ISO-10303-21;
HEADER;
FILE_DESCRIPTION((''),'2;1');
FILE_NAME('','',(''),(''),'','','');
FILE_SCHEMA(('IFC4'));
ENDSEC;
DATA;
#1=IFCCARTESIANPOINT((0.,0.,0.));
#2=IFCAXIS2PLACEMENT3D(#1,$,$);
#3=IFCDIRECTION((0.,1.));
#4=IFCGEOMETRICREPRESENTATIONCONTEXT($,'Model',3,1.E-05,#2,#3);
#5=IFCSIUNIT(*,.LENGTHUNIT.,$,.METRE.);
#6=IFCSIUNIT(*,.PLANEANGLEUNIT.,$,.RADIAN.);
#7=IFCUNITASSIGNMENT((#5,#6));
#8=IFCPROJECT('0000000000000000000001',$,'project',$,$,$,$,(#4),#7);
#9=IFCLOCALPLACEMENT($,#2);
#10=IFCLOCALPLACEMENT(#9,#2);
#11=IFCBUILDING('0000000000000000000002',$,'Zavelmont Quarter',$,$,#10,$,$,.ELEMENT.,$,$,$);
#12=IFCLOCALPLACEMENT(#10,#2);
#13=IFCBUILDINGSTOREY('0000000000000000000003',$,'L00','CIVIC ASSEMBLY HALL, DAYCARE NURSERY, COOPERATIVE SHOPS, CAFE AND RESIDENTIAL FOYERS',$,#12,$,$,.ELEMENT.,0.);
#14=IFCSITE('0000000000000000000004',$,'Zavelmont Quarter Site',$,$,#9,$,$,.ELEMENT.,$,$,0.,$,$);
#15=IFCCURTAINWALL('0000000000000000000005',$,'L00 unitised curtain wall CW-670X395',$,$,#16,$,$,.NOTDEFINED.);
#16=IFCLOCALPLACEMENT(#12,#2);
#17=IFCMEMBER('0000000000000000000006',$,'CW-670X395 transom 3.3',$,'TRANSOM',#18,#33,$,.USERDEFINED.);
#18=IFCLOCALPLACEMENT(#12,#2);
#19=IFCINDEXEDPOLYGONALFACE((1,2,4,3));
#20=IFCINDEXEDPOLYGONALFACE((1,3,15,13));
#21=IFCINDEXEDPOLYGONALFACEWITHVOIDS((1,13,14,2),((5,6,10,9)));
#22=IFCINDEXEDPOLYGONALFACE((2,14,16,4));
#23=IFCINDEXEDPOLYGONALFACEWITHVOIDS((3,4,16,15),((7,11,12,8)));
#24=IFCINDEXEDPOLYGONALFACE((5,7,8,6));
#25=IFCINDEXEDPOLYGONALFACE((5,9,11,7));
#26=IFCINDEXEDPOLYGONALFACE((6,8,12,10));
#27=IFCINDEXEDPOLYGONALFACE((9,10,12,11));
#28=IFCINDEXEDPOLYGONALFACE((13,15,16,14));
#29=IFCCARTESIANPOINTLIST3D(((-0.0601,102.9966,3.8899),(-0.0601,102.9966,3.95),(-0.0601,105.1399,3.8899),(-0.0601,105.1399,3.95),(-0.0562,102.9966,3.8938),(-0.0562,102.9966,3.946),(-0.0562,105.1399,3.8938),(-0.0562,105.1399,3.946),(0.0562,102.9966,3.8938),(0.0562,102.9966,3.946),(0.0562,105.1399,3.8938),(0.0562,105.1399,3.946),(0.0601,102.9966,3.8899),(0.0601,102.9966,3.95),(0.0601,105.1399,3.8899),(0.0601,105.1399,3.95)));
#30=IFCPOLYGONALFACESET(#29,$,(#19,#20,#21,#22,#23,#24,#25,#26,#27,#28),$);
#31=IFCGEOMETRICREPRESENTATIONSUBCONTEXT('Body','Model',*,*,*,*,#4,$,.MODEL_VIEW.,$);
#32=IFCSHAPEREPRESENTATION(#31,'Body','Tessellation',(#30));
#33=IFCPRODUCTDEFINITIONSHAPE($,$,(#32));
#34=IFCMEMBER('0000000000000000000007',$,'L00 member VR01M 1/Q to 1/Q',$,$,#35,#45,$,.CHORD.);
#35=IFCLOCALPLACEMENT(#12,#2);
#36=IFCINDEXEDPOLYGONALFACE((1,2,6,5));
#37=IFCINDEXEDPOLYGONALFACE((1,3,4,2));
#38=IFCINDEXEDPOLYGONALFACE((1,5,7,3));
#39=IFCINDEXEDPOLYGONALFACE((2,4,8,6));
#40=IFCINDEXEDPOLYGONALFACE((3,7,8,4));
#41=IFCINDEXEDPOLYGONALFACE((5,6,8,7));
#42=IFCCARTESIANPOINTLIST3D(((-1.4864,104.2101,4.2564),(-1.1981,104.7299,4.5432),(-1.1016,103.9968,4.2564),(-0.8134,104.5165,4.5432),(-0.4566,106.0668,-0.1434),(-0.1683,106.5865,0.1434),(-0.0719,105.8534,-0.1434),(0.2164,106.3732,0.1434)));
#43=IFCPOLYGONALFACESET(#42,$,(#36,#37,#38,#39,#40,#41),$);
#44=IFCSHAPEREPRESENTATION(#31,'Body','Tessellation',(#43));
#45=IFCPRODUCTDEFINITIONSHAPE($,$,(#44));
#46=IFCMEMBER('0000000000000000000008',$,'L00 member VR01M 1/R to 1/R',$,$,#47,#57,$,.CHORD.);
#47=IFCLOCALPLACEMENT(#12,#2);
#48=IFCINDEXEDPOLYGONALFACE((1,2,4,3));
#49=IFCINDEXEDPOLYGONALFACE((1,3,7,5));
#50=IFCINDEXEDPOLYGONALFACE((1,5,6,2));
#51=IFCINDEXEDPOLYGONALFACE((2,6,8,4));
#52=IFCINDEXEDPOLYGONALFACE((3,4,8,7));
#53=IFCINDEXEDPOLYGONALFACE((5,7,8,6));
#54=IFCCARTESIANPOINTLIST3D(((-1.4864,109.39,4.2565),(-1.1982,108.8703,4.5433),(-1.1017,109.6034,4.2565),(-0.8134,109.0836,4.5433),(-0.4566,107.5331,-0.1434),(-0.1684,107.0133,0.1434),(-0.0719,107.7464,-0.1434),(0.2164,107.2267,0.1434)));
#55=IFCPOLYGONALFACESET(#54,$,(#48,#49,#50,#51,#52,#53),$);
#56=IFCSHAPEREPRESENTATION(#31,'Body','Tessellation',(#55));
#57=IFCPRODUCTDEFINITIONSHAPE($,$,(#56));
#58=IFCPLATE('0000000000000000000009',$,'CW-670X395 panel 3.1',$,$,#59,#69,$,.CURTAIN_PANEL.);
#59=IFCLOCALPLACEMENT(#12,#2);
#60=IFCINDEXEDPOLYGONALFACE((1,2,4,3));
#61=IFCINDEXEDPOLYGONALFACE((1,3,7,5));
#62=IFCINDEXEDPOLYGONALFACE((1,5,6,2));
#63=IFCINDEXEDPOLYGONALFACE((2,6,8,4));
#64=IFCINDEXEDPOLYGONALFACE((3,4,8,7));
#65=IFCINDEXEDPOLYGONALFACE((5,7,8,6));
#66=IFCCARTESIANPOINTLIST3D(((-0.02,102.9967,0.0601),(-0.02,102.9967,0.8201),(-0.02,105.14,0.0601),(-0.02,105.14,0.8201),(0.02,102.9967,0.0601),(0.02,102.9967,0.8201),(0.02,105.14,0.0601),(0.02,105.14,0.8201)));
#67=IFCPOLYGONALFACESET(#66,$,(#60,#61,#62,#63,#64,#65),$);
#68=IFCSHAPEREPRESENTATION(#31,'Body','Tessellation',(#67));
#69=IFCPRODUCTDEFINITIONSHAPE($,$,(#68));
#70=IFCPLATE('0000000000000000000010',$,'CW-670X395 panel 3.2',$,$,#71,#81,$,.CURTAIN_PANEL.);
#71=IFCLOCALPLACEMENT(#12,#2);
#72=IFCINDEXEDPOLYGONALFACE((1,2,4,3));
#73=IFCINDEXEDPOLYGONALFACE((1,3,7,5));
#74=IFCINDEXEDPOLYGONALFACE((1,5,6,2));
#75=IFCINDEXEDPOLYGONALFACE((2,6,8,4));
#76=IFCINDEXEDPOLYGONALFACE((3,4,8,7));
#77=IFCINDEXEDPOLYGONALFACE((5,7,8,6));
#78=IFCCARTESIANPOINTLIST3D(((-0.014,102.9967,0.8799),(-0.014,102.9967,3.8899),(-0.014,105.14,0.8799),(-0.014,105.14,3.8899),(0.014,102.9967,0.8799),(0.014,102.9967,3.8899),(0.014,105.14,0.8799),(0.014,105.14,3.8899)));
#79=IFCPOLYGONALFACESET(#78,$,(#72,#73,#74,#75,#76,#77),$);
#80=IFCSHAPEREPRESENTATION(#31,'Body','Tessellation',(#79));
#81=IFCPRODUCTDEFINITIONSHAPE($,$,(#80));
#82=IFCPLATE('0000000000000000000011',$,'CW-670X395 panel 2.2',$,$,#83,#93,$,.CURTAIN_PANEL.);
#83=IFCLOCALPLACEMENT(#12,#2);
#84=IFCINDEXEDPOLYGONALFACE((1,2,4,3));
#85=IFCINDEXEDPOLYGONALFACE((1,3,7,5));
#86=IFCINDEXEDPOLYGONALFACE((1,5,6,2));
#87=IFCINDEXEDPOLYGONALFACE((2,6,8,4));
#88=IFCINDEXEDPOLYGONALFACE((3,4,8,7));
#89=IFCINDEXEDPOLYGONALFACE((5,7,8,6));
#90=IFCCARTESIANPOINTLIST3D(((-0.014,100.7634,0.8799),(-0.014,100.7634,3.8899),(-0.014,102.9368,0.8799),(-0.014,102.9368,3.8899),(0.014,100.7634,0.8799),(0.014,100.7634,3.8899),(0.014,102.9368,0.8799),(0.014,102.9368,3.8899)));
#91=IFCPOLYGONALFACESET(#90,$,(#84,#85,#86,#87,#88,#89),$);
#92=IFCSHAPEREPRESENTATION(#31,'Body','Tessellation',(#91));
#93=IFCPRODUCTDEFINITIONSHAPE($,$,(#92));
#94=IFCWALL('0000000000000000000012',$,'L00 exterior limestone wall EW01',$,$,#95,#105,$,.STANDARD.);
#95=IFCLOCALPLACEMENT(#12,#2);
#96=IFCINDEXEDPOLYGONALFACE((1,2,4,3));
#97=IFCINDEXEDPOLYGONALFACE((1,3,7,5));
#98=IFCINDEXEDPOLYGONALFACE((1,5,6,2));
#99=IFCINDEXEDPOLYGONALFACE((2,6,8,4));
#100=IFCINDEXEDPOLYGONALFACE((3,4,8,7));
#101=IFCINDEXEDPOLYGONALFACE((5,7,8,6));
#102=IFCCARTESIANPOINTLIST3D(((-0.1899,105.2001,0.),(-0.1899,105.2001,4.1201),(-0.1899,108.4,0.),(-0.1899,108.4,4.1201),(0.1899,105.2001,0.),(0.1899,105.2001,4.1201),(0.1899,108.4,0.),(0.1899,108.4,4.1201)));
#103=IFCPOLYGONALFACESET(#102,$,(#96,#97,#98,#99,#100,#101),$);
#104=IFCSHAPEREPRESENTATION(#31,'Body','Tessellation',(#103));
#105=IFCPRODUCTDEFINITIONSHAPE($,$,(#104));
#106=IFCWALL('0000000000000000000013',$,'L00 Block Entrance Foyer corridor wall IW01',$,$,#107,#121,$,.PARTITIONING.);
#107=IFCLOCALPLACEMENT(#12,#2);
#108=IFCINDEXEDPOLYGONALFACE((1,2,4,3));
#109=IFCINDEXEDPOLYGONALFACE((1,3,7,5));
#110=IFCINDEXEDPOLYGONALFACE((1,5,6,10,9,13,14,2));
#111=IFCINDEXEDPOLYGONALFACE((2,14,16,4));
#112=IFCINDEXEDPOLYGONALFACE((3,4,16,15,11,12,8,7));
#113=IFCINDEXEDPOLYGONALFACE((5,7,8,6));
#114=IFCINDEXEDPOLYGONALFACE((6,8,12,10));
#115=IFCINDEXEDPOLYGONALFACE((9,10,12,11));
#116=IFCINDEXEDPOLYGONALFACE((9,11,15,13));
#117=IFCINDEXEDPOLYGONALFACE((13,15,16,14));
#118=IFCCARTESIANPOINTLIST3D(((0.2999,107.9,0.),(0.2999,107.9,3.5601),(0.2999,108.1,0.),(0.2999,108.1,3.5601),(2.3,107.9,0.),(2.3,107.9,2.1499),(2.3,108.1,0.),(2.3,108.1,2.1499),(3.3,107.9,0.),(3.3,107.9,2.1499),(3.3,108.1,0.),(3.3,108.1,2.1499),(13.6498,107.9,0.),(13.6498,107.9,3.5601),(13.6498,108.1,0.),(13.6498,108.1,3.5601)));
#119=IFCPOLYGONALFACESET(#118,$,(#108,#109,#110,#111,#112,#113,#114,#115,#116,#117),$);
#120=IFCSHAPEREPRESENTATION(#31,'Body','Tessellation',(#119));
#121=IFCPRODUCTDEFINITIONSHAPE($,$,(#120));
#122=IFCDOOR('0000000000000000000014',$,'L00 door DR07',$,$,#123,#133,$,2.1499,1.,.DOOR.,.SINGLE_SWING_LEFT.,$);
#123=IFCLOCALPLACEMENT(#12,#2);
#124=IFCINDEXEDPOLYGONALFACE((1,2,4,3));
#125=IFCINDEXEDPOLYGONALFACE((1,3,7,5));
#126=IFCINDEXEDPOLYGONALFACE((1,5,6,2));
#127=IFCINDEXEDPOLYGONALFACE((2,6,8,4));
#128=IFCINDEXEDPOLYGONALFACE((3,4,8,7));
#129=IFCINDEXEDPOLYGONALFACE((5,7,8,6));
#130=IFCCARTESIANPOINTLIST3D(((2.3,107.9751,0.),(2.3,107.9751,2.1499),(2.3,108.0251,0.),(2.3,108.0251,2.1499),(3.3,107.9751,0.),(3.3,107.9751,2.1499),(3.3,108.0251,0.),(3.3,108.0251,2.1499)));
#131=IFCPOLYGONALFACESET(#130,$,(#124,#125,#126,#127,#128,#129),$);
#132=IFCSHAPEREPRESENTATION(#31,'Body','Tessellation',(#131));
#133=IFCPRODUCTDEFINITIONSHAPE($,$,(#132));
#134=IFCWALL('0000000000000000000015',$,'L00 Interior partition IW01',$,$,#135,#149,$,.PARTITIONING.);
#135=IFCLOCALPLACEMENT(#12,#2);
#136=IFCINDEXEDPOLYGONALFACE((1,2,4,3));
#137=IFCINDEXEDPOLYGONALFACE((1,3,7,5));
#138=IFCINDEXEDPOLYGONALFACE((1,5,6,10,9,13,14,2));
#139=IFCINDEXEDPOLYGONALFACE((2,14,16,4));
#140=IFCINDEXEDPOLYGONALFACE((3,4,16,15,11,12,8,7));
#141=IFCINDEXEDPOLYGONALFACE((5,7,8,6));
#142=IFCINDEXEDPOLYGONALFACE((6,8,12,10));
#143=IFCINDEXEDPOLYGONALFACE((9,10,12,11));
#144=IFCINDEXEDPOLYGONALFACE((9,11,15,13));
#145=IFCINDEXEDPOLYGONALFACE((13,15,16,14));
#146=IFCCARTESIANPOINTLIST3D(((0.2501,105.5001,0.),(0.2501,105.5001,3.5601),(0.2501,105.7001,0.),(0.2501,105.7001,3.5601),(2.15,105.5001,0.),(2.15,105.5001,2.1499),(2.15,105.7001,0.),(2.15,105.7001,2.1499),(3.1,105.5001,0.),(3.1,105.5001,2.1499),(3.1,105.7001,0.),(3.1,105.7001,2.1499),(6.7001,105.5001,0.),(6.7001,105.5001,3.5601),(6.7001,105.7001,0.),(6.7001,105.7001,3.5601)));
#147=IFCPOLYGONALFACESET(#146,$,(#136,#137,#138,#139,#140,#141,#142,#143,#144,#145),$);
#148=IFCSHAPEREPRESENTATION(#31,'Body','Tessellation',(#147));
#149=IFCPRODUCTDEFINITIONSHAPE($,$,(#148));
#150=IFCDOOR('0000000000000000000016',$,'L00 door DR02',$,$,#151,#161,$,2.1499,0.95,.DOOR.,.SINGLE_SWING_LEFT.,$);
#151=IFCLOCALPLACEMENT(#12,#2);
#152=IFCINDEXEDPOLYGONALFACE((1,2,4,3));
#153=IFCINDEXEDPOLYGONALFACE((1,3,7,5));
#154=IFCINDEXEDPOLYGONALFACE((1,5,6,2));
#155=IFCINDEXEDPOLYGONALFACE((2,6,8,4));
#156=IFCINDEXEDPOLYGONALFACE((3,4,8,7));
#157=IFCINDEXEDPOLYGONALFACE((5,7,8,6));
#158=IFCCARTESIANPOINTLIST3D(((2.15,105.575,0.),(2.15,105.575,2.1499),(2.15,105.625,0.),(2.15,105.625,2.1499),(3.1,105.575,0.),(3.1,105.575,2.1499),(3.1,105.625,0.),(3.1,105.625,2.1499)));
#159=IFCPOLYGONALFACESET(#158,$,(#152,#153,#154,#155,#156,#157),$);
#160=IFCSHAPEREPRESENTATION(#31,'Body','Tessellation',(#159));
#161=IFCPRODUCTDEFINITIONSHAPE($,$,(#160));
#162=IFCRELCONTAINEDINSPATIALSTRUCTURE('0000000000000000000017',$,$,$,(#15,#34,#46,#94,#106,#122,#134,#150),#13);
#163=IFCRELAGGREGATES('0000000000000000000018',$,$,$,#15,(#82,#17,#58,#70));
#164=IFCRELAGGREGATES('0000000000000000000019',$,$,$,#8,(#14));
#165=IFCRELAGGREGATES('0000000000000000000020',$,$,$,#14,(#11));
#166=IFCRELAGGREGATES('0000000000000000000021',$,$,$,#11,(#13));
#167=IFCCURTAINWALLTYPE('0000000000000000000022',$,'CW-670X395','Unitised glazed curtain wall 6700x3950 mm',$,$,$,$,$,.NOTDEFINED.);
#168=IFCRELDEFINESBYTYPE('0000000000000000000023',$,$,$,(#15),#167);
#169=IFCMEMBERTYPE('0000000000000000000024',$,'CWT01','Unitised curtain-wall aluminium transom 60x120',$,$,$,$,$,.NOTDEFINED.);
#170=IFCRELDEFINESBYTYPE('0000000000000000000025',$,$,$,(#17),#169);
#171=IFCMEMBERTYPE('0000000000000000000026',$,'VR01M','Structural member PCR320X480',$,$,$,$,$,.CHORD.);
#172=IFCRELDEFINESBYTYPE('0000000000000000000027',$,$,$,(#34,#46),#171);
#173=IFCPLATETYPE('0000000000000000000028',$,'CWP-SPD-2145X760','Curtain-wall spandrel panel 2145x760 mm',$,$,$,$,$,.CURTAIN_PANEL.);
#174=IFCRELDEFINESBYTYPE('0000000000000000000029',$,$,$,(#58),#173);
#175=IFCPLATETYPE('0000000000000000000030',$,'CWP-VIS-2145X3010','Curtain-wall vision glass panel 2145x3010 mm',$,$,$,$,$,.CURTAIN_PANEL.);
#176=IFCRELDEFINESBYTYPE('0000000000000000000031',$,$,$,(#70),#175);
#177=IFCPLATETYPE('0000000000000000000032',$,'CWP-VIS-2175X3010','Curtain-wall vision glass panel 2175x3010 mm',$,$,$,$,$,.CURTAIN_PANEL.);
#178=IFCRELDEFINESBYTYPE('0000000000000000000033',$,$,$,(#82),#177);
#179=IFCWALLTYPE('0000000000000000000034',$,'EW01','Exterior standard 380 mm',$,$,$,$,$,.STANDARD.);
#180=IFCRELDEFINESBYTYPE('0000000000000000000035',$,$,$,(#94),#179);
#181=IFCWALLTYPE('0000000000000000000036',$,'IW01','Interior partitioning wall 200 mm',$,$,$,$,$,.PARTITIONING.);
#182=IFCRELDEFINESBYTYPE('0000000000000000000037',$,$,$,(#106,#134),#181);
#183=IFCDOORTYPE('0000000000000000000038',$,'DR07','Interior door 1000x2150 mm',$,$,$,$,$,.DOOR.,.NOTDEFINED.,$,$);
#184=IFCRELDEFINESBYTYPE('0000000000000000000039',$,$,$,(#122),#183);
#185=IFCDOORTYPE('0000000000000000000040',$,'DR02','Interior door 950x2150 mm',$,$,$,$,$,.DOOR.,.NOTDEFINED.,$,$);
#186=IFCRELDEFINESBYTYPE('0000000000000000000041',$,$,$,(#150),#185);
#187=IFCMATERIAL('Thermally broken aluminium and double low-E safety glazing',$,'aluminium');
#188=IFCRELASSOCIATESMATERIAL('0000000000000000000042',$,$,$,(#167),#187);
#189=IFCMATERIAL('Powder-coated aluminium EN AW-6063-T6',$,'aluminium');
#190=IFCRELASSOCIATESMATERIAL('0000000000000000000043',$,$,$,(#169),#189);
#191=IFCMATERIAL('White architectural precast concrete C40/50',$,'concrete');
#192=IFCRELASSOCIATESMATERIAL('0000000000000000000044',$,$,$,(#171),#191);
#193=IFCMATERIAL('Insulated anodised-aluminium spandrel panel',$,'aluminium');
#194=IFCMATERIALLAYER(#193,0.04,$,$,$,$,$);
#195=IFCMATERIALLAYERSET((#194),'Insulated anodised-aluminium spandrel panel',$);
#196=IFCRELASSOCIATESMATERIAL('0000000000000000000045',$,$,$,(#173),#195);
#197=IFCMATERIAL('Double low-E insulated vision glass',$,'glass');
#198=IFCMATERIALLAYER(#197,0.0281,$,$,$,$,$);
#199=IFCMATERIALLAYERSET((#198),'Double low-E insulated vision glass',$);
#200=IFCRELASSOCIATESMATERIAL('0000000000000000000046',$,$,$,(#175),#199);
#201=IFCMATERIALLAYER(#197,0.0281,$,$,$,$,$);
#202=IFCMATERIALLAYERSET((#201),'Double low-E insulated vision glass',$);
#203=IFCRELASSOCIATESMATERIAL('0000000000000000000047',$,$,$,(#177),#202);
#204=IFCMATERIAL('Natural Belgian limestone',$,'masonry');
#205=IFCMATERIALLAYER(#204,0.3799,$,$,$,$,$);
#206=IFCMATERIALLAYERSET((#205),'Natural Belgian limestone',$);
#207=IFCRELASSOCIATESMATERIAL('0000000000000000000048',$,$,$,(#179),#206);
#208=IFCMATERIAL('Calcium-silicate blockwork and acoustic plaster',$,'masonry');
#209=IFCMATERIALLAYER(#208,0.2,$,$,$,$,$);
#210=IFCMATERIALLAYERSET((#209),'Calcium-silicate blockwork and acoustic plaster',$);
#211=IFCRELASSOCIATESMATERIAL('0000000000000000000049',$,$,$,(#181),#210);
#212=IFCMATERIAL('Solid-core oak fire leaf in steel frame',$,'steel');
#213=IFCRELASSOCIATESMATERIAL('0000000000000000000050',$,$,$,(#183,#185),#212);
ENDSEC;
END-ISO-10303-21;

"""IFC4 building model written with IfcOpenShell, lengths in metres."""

from ifc_helpers import new_model, si_unit, direction, frame, frame_2d, origin, origin_with_axes, origin_2d, place, context, subcontext, project, spatial, rectangle, hollow_rectangle, extrude, material, layer, layer_set, material_profile, profile_set, type_object, element, fill, aggregate, save


model = new_model("IFC4")

# Units and contexts
model_context = context("Model", 3, precision=1e-05, world=origin(), true_north=direction((0.0, 1.0)))
body_context = subcontext(model_context, "Body", "Model", "MODEL_VIEW")
ifc_project = project(units=[si_unit("LENGTHUNIT", "METRE"), si_unit("PLANEANGLEUNIT", "RADIAN")], contexts=[model_context])

# Site, building, storey
site_placement = place(None, origin())
site = spatial("IfcSite", under=ifc_project, at=site_placement, Name="Zavelmont Quarter Site", CompositionType="ELEMENT", RefElevation=0.0)
building_placement = place(site_placement, origin())
building = spatial("IfcBuilding", under=site, at=building_placement, Name="Zavelmont Quarter", CompositionType="ELEMENT")
storey_placement = place(building_placement, origin())
storey = spatial("IfcBuildingStorey", under=building, at=storey_placement, Name="L00", Description="CIVIC ASSEMBLY HALL, DAYCARE NURSERY, COOPERATIVE SHOPS, CAFE AND RESIDENTIAL FOYERS", CompositionType="ELEMENT", Elevation=0.0)

# Curtain wall, member
ifc_material_1 = material(Name="Thermally broken aluminium and double low-E safety glazing", Category="aluminium")
curtain_wall_type = type_object("IfcCurtainWallType", Name="CW-670X395", Description="Unitised glazed curtain wall 6700x3950 mm", PredefinedType="NOTDEFINED", material=ifc_material_1)
curtain_wall_placement = place(storey_placement, origin())
curtain_wall = element("IfcCurtainWall", 1, at=curtain_wall_placement, inside=storey, type_object=curtain_wall_type, Name="L00 unitised curtain wall CW-670X395", PredefinedType="NOTDEFINED")
ifc_material_2 = material(Name="Powder-coated aluminium EN AW-6063-T6", Category="aluminium")
ifc_material_profile_1 = material_profile(ifc_material_2, hollow_rectangle(XDim=0.1201, YDim=0.0601, WallThickness=0.0039, at=origin_2d()), Name="CWT60X120")
ifc_profile_set_1 = profile_set([ifc_material_profile_1], Name="Powder-coated aluminium EN AW-6063-T6")
member_type_1 = type_object("IfcMemberType", Name="CWT01", Description="Unitised curtain-wall aluminium transom 60x120", PredefinedType="NOTDEFINED", material=ifc_profile_set_1)
member_1_placement = place(storey_placement, frame((0.0, 102.9966, 3.9199), z_axis=(0.0, 1.0, 0.0), x_axis=(-1.0, 0.0, 0.0)))
member_1 = element("IfcMember", 2, at=member_1_placement, type_object=member_type_1, Name="CW-670X395 transom 3.3", ObjectType="TRANSOM", PredefinedType="USERDEFINED", context=body_context, shape_type="SweptSolid", body=[
    extrude(hollow_rectangle(XDim=0.1201, YDim=0.0601, WallThickness=0.0039, at=origin_2d()), origin(), (0.0, 0.0, 1.0), 2.1433),
])

# Members
ifc_material_3 = material(Name="White architectural precast concrete C40/50", Category="concrete")
ifc_material_profile_2 = material_profile(ifc_material_3, rectangle(XDim=0.4399, YDim=0.6599, at=origin_2d()), Name="PCR320X480")
ifc_profile_set_2 = profile_set([ifc_material_profile_2], Name="White architectural precast concrete C40/50")
member_type_2 = type_object("IfcMemberType", Name="VR01M", Description="Structural member PCR320X480", PredefinedType="CHORD", material=ifc_profile_set_2)
member_2_placement = place(storey_placement, frame((-0.1201, 106.22, 0.0), z_axis=(-0.210789, -0.380051, 0.900627), x_axis=(0.874499, -0.485028, 0.0)))
element("IfcMember", 3, at=member_2_placement, inside=storey, type_object=member_type_2, Name="L00 member VR01M 1/Q to 1/Q", PredefinedType="CHORD", context=body_context, shape_type="SweptSolid", body=[
    extrude(rectangle(XDim=0.4399, YDim=0.6599, at=origin_2d()), origin(), (0.0, 0.0, 1.0), 4.8853),
])
member_3_placement = place(storey_placement, frame((-0.1201, 107.3799, 0.0), z_axis=(-0.210785, 0.380093, 0.90061), x_axis=(-0.874526, -0.484979, 0.0)))
element("IfcMember", 4, at=member_3_placement, inside=storey, type_object=member_type_2, Name="L00 member VR01M 1/R to 1/R", PredefinedType="CHORD", context=body_context, shape_type="SweptSolid", body=[
    extrude(rectangle(XDim=0.4399, YDim=0.6599, at=origin_2d()), origin(), (0.0, 0.0, 1.0), 4.8855),
])

# Plates
ifc_material_4 = material(Name="Insulated anodised-aluminium spandrel panel", Category="aluminium")
ifc_layer_1 = layer(ifc_material_4, 0.04)
ifc_layer_set_1 = layer_set([ifc_layer_1], Name="Insulated anodised-aluminium spandrel panel")
plate_type_1 = type_object("IfcPlateType", Name="CWP-SPD-2145X760", Description="Curtain-wall spandrel panel 2145x760 mm", PredefinedType="CURTAIN_PANEL", material=ifc_layer_set_1)
plate_1_placement = place(storey_placement, frame((0.0, 104.0684, 0.0601), z_axis=(0.0, 0.0, 1.0), x_axis=(0.0, 1.0, 0.0)))
plate_1 = element("IfcPlate", 5, at=plate_1_placement, type_object=plate_type_1, Name="CW-670X395 panel 3.1", PredefinedType="CURTAIN_PANEL", context=body_context, shape_type="SweptSolid", body=[
    extrude(rectangle(XDim=2.1433, YDim=0.04, at=origin_2d()), origin(), (0.0, 0.0, 1.0), 0.76),
])
ifc_material_5 = material(Name="Double low-E insulated vision glass", Category="glass")
ifc_layer_2 = layer(ifc_material_5, 0.0281)
ifc_layer_set_2 = layer_set([ifc_layer_2], Name="Double low-E insulated vision glass")
plate_type_2 = type_object("IfcPlateType", Name="CWP-VIS-2145X3010", Description="Curtain-wall vision glass panel 2145x3010 mm", PredefinedType="CURTAIN_PANEL", material=ifc_layer_set_2)
plate_2_placement = place(storey_placement, frame((0.0, 104.0684, 0.8799), z_axis=(0.0, 0.0, 1.0), x_axis=(0.0, 1.0, 0.0)))
plate_2 = element("IfcPlate", 6, at=plate_2_placement, type_object=plate_type_2, Name="CW-670X395 panel 3.2", PredefinedType="CURTAIN_PANEL", context=body_context, shape_type="SweptSolid", body=[
    extrude(rectangle(XDim=2.1433, YDim=0.0281, at=origin_2d()), origin(), (0.0, 0.0, 1.0), 3.01),
])
ifc_layer_3 = layer(ifc_material_5, 0.0281)
ifc_layer_set_3 = layer_set([ifc_layer_3], Name="Double low-E insulated vision glass")
plate_type_3 = type_object("IfcPlateType", Name="CWP-VIS-2175X3010", Description="Curtain-wall vision glass panel 2175x3010 mm", PredefinedType="CURTAIN_PANEL", material=ifc_layer_set_3)
plate_3_placement = place(storey_placement, frame((0.0, 101.8501, 0.8799), z_axis=(0.0, 0.0, 1.0), x_axis=(0.0, 1.0, 0.0)))
plate_3 = element("IfcPlate", 7, at=plate_3_placement, type_object=plate_type_3, Name="CW-670X395 panel 2.2", PredefinedType="CURTAIN_PANEL", context=body_context, shape_type="SweptSolid", body=[
    extrude(rectangle(XDim=2.1733, YDim=0.0281, at=origin_2d()), origin(), (0.0, 0.0, 1.0), 3.01),
])
aggregate(curtain_wall, [plate_3, member_1, plate_1, plate_2])

# Wall
ifc_material_6 = material(Name="Natural Belgian limestone", Category="masonry")
ifc_layer_4 = layer(ifc_material_6, 0.3799)
ifc_layer_set_4 = layer_set([ifc_layer_4], Name="Natural Belgian limestone")
wall_type_1 = type_object("IfcWallType", Name="EW01", Description="Exterior standard 380 mm", PredefinedType="STANDARD", material=ifc_layer_set_4)
wall_1_placement = place(storey_placement, frame((0.0, 105.2, 0.0), z_axis=(0.0, 0.0, 1.0), x_axis=(0.0, 1.0, 0.0)))
element("IfcWall", 8, at=wall_1_placement, inside=storey, type_object=wall_type_1, Name="L00 exterior limestone wall EW01", PredefinedType="STANDARD", context=body_context, shape_type="SweptSolid", body=[
    extrude(rectangle(XDim=3.2, YDim=0.3799, at=frame_2d((1.6001, 0.0))), origin(), (0.0, 0.0, 1.0), 4.1201),
])

# Walls, openings, doors
ifc_material_7 = material(Name="Calcium-silicate blockwork and acoustic plaster", Category="masonry")
ifc_layer_5 = layer(ifc_material_7, 0.2)
ifc_layer_set_5 = layer_set([ifc_layer_5], Name="Calcium-silicate blockwork and acoustic plaster")
wall_type_2 = type_object("IfcWallType", Name="IW01", Description="Interior partitioning wall 200 mm", PredefinedType="PARTITIONING", material=ifc_layer_set_5)
wall_2_placement = place(storey_placement, frame((0.3, 108.0, 0.0), z_axis=(0.0, 0.0, 1.0), x_axis=(1.0, 0.0, 0.0)))
wall_2 = element("IfcWall", 9, at=wall_2_placement, inside=storey, type_object=wall_type_2, Name="L00 Block Entrance Foyer corridor wall IW01", PredefinedType="PARTITIONING", context=body_context, shape_type="SweptSolid", body=[
    extrude(rectangle(XDim=13.3499, YDim=0.2, at=frame_2d((6.6748, 0.0))), origin(), (0.0, 0.0, 1.0), 3.5601),
])
opening_1_placement = place(wall_2_placement, frame((2.0, 0.0, 0.0)))
opening_1 = element("IfcOpeningElement", 10, at=opening_1_placement, cuts=wall_2, PredefinedType="OPENING", context=body_context, shape_type="SweptSolid", body=[
    extrude(rectangle(XDim=1.0, YDim=2.1499, at=frame_2d((0.5, 1.075))), frame((0.0, 0.1118, 0.0), z_axis=(0.0, -1.0, 0.0), x_axis=(1.0, 0.0, 0.0)), (0.0, 0.0, 1.0), 0.2239),
])
ifc_material_8 = material(Name="Solid-core oak fire leaf in steel frame", Category="steel")
door_type_1 = type_object("IfcDoorType", Name="DR07", Description="Interior door 1000x2150 mm", OperationType="NOTDEFINED", PredefinedType="DOOR", material=ifc_material_8)
door_1_placement = place(opening_1_placement, frame((1.0, 0.0, 0.0), z_axis=(0.0, 0.0, 1.0), x_axis=(-1.0, 0.0, 0.0)))
door_1 = element("IfcDoor", 11, at=door_1_placement, inside=storey, type_object=door_type_1, Name="L00 door DR07", OperationType="SINGLE_SWING_LEFT", OverallHeight=2.1499, OverallWidth=1.0, PredefinedType="DOOR", context=body_context, shape_type="SweptSolid", body=[
    extrude(rectangle(XDim=1.0, YDim=2.1499, at=frame_2d((0.5, 1.075))), frame((0.0, 0.0249, 0.0), z_axis=(0.0, -1.0, 0.0), x_axis=(1.0, 0.0, 0.0)), (0.0, 0.0, 1.0), 0.05),
])
fill(opening_1, door_1)
wall_3_placement = place(storey_placement, frame((0.25, 105.6001, 0.0), z_axis=(0.0, 0.0, 1.0), x_axis=(1.0, 0.0, 0.0)))
wall_3 = element("IfcWall", 12, at=wall_3_placement, inside=storey, type_object=wall_type_2, Name="L00 Interior partition IW01", PredefinedType="PARTITIONING", context=body_context, shape_type="SweptSolid", body=[
    extrude(rectangle(XDim=6.45, YDim=0.2, at=frame_2d((3.2251, 0.0))), origin(), (0.0, 0.0, 1.0), 3.5601),
])
opening_2_placement = place(wall_3_placement, frame((1.8999, 0.0, 0.0)))
opening_2 = element("IfcOpeningElement", 13, at=opening_2_placement, cuts=wall_3, PredefinedType="OPENING", context=body_context, shape_type="SweptSolid", body=[
    extrude(rectangle(XDim=0.95, YDim=2.1499, at=frame_2d((0.4751, 1.075))), frame((0.0, 0.1118, 0.0), z_axis=(0.0, -1.0, 0.0), x_axis=(1.0, 0.0, 0.0)), (0.0, 0.0, 1.0), 0.2239),
])
door_type_2 = type_object("IfcDoorType", Name="DR02", Description="Interior door 950x2150 mm", OperationType="NOTDEFINED", PredefinedType="DOOR", material=ifc_material_8)
door_2_placement = place(opening_2_placement, origin_with_axes())
door_2 = element("IfcDoor", 14, at=door_2_placement, inside=storey, type_object=door_type_2, Name="L00 door DR02", OperationType="SINGLE_SWING_LEFT", OverallHeight=2.1499, OverallWidth=0.95, PredefinedType="DOOR", context=body_context, shape_type="SweptSolid", body=[
    extrude(rectangle(XDim=0.95, YDim=2.1499, at=frame_2d((0.4751, 1.075))), frame((0.0, 0.0249, 0.0), z_axis=(0.0, -1.0, 0.0), x_axis=(1.0, 0.0, 0.0)), (0.0, 0.0, 1.0), 0.05),
])
fill(opening_2, door_2)

save(model, "model.ifc")
